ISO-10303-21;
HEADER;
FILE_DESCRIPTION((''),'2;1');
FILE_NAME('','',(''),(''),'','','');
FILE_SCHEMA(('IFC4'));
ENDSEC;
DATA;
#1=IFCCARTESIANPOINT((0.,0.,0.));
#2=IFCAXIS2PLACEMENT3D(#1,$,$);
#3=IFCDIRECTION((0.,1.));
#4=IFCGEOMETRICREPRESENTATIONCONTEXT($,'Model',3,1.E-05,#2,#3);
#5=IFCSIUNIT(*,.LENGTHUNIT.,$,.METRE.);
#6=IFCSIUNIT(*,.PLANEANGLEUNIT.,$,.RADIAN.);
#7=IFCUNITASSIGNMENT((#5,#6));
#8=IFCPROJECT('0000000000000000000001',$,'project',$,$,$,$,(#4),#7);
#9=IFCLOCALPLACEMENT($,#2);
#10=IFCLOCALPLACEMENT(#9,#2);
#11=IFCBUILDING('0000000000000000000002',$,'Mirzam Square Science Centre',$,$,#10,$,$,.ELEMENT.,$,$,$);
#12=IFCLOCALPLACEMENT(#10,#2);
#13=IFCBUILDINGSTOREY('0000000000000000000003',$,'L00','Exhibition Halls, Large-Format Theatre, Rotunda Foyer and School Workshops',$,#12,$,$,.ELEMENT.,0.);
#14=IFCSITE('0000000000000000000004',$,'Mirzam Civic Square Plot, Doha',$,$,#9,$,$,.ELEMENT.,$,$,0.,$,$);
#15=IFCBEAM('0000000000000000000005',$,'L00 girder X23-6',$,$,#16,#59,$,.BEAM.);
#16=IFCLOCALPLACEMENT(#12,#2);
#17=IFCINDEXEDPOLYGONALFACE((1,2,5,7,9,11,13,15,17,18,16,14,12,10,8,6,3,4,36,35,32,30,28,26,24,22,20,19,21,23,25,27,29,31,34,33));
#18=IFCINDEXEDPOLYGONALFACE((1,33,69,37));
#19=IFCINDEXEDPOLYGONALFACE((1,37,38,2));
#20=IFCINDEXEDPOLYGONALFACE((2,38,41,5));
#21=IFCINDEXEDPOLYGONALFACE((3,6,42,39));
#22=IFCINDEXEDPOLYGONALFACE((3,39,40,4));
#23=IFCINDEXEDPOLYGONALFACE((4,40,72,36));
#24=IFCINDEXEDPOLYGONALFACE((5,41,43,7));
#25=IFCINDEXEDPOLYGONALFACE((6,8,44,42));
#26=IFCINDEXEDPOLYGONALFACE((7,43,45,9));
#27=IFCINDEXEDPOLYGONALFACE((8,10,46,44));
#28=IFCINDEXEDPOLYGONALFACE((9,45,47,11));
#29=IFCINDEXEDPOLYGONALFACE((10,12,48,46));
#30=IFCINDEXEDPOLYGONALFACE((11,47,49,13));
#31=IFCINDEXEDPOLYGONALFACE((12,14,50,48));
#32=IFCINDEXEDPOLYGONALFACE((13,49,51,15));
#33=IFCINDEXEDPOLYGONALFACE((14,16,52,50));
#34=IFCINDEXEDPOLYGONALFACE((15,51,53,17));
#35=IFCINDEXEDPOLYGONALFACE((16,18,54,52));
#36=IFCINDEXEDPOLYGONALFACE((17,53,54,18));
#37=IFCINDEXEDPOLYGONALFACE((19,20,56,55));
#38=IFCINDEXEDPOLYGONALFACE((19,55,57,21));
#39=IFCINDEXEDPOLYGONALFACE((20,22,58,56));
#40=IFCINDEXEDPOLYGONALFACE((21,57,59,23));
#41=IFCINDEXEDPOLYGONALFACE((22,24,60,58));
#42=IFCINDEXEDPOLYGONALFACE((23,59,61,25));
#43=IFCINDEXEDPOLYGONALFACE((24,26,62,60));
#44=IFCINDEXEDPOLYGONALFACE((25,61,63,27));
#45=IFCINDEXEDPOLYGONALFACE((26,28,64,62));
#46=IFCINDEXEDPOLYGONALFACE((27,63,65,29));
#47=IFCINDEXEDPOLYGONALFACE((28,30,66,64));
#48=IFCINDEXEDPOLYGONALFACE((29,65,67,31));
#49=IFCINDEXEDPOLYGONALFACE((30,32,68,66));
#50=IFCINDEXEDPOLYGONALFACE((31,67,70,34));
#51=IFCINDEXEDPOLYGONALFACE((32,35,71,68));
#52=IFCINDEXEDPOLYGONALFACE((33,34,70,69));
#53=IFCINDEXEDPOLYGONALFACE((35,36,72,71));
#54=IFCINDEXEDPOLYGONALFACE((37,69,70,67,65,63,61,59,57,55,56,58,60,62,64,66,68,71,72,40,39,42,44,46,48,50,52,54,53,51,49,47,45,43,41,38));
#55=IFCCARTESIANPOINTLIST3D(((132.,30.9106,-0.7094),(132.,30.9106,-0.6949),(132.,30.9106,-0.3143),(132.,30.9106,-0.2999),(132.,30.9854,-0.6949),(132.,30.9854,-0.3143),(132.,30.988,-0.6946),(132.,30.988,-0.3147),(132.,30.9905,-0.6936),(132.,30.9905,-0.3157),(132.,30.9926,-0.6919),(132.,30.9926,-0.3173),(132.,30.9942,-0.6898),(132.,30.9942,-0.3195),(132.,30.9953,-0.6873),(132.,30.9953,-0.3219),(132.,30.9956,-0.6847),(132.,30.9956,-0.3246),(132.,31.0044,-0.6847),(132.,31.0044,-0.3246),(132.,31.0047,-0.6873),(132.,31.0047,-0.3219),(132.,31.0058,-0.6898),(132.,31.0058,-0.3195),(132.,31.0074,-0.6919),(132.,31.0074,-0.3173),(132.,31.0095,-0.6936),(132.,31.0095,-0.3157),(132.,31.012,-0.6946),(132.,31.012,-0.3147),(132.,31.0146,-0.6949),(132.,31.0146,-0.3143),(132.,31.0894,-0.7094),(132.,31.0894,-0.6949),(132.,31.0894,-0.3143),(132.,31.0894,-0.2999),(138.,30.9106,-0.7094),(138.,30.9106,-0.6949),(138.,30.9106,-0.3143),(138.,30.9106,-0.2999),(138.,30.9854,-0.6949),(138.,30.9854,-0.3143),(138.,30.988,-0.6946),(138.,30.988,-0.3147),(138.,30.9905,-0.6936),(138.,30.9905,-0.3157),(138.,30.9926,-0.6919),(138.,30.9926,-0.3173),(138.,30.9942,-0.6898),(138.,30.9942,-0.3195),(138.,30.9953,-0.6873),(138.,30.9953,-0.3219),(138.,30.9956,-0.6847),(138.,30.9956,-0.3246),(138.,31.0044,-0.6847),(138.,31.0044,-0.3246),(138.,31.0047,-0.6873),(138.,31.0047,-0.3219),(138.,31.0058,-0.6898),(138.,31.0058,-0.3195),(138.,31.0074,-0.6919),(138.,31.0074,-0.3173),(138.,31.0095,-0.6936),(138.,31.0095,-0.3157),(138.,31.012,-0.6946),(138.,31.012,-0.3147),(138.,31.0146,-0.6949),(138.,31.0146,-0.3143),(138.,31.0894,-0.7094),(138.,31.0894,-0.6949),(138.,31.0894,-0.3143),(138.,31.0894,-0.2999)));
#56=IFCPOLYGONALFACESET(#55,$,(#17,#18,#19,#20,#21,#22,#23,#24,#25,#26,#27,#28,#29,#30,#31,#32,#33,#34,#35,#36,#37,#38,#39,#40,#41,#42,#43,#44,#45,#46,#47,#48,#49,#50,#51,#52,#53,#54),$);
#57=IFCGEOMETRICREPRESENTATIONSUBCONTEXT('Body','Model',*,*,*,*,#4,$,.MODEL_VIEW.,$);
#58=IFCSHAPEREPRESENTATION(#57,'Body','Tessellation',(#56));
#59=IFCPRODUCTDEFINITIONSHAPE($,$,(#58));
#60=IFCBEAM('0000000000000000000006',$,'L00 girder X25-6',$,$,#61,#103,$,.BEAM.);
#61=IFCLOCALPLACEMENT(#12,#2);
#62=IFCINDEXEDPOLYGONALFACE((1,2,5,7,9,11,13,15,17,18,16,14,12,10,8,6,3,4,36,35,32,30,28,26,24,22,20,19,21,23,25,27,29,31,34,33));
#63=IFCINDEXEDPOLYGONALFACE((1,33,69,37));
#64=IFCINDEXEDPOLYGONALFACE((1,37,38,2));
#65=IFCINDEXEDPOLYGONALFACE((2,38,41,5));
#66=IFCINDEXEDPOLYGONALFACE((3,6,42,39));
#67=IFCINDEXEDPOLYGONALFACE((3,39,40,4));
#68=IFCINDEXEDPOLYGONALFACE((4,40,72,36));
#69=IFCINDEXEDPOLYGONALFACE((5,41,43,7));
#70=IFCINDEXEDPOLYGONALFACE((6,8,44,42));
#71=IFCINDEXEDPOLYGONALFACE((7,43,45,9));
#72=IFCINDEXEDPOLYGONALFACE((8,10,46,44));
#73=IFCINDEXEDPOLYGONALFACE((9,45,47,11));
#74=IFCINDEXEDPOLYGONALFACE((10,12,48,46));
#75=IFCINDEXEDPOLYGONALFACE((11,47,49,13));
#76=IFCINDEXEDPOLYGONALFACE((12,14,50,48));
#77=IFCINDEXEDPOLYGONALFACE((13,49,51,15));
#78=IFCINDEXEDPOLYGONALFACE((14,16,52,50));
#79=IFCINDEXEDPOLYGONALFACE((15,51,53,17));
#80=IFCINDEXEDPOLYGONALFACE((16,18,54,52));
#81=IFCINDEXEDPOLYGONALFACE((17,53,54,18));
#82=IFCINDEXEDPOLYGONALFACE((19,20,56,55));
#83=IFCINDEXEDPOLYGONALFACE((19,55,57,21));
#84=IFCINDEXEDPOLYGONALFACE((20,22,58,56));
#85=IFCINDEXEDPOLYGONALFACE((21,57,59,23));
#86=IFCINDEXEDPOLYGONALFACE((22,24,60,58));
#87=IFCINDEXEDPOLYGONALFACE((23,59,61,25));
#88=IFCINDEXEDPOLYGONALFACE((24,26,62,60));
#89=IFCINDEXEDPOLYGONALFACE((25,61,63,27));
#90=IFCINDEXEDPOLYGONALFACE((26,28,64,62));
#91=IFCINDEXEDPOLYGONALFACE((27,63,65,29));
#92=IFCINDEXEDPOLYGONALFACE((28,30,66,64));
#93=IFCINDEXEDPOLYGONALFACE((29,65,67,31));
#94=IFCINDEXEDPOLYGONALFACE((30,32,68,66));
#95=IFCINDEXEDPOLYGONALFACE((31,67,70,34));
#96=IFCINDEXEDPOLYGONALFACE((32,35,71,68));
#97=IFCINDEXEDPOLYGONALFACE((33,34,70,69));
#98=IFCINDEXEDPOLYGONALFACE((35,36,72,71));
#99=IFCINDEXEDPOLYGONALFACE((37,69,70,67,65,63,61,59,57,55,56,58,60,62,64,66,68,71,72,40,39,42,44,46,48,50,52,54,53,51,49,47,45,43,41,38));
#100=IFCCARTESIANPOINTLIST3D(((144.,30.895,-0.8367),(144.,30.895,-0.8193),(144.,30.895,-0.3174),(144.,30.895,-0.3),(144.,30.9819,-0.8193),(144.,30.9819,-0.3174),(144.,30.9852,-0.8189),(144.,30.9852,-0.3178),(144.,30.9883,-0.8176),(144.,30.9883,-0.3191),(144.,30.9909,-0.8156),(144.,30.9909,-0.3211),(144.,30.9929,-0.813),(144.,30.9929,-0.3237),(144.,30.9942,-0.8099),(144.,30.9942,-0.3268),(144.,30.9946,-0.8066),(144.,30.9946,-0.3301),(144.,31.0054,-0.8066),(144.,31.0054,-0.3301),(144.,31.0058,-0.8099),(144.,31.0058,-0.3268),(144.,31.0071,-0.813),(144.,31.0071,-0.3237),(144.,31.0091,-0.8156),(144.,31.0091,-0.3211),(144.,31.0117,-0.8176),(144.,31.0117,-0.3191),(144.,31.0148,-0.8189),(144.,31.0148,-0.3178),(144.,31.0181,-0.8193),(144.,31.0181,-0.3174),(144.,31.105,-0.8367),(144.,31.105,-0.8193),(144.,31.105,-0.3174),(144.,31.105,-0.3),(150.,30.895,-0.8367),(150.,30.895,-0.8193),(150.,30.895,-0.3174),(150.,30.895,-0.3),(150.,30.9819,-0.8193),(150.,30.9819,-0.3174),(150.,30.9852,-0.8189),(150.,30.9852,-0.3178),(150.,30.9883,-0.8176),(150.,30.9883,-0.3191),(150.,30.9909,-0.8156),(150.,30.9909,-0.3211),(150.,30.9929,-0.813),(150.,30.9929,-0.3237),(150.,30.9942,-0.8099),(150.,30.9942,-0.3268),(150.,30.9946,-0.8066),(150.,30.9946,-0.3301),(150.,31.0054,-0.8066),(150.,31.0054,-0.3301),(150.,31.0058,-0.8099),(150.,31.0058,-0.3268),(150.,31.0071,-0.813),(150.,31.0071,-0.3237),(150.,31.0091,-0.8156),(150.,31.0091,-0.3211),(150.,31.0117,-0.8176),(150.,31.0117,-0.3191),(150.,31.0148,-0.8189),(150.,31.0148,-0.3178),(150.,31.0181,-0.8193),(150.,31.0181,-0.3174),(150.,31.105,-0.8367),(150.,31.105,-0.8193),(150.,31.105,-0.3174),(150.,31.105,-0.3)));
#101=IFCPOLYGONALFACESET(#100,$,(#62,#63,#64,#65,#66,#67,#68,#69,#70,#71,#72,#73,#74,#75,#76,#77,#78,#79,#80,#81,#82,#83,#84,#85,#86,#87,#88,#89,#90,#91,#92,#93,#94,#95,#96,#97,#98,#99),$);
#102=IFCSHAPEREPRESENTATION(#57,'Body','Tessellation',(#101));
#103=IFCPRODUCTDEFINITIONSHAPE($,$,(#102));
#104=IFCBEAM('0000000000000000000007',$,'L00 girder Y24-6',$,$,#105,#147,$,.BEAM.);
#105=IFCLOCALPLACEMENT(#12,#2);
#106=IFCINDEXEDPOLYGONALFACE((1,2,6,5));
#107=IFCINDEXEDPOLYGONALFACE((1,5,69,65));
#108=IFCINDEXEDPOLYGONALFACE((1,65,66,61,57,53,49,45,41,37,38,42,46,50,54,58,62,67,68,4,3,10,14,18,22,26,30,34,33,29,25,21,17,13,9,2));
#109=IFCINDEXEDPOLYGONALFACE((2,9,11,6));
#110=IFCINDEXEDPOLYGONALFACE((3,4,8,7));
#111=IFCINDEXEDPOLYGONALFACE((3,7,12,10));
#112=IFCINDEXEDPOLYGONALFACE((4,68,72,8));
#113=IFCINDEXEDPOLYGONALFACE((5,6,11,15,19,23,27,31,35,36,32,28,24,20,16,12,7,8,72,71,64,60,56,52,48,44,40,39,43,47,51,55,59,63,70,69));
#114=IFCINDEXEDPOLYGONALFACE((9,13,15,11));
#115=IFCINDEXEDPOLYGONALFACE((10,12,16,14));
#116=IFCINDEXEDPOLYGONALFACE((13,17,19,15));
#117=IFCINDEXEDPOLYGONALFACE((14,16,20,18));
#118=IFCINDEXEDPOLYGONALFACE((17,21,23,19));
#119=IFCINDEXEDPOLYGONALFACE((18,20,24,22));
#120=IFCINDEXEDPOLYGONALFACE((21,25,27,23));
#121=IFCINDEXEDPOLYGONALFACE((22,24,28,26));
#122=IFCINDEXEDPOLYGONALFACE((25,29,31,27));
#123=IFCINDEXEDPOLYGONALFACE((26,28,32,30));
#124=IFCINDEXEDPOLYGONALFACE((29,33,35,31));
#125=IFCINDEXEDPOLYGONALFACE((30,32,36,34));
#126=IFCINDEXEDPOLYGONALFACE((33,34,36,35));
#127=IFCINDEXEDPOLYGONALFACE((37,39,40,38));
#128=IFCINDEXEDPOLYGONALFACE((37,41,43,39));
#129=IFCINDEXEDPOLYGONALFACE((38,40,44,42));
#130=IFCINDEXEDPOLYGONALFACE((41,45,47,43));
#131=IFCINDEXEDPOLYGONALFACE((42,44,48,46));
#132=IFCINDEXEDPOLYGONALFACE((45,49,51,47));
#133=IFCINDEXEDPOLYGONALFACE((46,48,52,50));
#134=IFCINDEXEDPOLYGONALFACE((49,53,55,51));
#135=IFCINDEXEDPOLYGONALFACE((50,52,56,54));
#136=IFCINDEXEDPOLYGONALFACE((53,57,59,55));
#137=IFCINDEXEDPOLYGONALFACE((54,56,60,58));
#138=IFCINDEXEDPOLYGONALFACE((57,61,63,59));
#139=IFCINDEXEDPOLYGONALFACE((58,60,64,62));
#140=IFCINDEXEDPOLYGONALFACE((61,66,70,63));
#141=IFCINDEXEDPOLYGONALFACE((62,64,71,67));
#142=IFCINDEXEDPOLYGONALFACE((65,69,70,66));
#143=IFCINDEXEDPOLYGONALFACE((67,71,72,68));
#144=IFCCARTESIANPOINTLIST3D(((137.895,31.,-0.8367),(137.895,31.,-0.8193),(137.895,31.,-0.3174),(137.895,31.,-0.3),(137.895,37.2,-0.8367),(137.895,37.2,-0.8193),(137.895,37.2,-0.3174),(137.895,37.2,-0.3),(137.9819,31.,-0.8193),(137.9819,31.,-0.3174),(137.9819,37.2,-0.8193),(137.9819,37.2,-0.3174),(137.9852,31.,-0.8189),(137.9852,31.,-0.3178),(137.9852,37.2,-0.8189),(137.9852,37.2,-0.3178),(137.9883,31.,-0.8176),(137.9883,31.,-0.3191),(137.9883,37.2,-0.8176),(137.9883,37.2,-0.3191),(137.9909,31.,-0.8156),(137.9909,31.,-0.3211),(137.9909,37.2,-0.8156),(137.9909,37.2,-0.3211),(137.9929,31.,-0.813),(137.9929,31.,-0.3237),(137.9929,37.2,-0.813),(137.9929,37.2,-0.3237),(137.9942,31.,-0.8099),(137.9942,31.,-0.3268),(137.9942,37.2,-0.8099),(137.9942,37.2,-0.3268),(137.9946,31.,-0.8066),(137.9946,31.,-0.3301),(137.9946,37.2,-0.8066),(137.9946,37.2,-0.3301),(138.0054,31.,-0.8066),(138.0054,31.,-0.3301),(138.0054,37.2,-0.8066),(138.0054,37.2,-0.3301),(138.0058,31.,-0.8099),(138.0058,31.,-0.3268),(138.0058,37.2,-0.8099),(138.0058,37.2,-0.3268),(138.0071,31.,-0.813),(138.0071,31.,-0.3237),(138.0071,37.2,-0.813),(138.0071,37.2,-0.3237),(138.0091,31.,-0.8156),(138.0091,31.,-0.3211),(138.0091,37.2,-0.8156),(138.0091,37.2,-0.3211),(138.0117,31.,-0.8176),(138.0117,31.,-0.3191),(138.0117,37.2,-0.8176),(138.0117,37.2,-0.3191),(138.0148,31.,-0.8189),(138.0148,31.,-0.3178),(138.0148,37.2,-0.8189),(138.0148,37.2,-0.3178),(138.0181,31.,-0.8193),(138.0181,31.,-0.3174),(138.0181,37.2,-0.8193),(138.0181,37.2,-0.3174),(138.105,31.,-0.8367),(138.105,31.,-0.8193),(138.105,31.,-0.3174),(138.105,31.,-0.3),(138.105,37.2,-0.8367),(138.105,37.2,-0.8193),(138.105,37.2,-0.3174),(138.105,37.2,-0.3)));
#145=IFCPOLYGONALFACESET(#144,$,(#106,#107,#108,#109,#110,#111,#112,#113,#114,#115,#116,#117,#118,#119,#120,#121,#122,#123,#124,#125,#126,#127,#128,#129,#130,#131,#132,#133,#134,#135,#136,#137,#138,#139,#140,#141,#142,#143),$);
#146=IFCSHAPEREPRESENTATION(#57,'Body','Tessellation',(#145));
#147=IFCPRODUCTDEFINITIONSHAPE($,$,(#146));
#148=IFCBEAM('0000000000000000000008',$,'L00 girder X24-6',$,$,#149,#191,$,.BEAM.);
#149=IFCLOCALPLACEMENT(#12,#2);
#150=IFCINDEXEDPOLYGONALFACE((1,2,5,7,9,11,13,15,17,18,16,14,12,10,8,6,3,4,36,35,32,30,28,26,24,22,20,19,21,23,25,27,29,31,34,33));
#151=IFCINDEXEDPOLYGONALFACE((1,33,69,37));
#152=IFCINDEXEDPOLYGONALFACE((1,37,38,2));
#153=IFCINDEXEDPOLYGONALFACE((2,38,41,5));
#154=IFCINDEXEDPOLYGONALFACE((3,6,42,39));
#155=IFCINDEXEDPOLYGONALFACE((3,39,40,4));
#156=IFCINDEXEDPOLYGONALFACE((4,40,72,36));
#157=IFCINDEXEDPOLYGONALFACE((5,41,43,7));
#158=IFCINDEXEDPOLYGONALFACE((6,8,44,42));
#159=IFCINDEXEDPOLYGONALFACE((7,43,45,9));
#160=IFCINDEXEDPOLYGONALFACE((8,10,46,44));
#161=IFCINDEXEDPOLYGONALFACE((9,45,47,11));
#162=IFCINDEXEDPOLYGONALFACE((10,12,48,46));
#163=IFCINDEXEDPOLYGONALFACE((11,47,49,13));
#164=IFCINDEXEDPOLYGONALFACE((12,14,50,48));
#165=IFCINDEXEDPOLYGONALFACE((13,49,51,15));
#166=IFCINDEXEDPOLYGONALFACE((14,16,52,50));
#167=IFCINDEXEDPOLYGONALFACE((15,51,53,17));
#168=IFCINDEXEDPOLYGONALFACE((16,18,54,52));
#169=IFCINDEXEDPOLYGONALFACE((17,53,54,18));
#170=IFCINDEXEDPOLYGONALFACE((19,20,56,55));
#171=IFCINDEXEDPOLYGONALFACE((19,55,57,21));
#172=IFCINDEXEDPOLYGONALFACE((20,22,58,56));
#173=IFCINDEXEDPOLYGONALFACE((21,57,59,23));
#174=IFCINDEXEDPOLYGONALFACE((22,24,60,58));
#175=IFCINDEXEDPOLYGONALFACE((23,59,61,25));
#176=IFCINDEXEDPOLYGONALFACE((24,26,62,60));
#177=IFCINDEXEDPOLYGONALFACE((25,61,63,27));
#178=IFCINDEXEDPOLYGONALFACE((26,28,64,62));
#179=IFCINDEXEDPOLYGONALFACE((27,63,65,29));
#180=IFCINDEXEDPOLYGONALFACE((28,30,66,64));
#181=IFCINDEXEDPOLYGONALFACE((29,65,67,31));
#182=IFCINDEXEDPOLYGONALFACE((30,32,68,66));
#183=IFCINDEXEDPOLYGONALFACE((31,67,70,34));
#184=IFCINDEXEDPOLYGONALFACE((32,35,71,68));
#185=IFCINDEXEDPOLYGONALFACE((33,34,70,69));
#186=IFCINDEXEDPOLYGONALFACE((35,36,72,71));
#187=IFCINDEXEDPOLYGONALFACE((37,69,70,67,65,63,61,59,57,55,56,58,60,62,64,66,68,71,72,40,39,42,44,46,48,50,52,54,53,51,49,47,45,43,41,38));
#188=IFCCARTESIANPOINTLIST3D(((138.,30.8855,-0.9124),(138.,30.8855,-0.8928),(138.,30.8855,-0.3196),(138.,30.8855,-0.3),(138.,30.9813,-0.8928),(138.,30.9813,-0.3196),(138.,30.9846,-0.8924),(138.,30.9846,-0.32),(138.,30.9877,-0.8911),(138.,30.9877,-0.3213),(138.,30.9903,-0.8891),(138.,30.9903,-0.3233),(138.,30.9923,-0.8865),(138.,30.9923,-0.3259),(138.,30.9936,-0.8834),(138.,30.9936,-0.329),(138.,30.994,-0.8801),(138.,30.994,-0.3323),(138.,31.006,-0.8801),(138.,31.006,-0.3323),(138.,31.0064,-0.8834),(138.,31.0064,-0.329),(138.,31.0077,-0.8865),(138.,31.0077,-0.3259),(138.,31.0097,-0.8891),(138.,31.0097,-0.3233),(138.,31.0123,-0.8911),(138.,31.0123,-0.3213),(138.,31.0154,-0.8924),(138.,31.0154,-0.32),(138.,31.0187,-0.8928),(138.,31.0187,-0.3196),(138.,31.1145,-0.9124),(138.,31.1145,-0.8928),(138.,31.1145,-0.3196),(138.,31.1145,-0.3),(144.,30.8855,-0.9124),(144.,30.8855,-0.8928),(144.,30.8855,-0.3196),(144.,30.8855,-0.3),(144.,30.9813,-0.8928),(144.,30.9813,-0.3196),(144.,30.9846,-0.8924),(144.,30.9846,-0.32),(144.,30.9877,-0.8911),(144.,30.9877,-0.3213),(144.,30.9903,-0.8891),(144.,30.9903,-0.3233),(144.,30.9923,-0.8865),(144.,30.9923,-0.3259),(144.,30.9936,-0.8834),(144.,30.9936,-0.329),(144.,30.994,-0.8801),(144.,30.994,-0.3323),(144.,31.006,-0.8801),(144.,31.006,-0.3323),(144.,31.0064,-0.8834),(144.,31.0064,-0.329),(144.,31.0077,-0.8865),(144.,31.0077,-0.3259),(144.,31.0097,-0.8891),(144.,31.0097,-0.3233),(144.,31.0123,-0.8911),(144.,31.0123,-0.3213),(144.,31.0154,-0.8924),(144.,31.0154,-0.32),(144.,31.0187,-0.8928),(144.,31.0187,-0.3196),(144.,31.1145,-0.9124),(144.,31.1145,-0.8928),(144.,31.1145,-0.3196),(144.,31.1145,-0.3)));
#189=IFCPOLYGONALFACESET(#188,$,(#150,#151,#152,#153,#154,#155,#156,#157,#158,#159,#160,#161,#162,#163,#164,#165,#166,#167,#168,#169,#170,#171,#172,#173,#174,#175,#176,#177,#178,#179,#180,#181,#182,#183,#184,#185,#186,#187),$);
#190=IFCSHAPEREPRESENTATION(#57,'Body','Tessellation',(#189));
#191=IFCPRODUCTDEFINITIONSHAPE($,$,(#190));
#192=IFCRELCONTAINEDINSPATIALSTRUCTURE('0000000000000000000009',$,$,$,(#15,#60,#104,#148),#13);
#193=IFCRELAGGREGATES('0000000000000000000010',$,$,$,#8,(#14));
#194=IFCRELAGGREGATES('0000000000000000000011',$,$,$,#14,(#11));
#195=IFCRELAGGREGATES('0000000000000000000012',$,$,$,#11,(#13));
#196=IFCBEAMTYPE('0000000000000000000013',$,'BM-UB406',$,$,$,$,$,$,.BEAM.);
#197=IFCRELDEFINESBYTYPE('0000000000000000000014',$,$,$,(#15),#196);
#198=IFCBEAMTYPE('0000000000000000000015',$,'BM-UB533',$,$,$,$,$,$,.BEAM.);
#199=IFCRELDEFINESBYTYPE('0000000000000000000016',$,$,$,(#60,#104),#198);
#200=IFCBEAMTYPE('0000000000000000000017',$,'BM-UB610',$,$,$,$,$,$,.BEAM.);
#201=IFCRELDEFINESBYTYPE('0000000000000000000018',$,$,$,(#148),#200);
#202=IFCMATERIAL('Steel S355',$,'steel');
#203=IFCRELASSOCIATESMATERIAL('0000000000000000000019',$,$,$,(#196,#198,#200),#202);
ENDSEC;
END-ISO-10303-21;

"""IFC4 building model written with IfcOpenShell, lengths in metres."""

from ifc_helpers import new_model, si_unit, direction, frame, origin, origin_2d, place, context, subcontext, project, spatial, i_section, extrude, material, material_profile, profile_set, type_object, element, save


model = new_model("IFC4")

# Units and contexts
model_context = context("Model", 3, precision=1e-05, world=origin(), true_north=direction((0.0, 1.0)))
body_context = subcontext(model_context, "Body", "Model", "MODEL_VIEW")
ifc_project = project(units=[si_unit("LENGTHUNIT", "METRE"), si_unit("PLANEANGLEUNIT", "RADIAN")], contexts=[model_context])

# Site, building, storey
site_placement = place(None, origin())
site = spatial("IfcSite", under=ifc_project, at=site_placement, Name="Mirzam Civic Square Plot, Doha", CompositionType="ELEMENT", RefElevation=0.0)
building_placement = place(site_placement, origin())
building = spatial("IfcBuilding", under=site, at=building_placement, Name="Mirzam Square Science Centre", CompositionType="ELEMENT")
storey_placement = place(building_placement, origin())
storey = spatial("IfcBuildingStorey", under=building, at=storey_placement, Name="L00", Description="Exhibition Halls, Large-Format Theatre, Rotunda Foyer and School Workshops", CompositionType="ELEMENT", Elevation=0.0)

# Shared definitions
ifc_material_1 = material(Name="Steel S355", Category="steel")

# Beams
ifc_material_profile_1 = material_profile(ifc_material_1, i_section(OverallWidth=0.1787, OverallDepth=0.4094, WebThickness=0.0088, FlangeThickness=0.0144, FilletRadius=0.0103, at=origin_2d()), Name="406x178x67UB")
ifc_profile_set_1 = profile_set([ifc_material_profile_1], Name="Steel S355")
beam_type_1 = type_object("IfcBeamType", Name="BM-UB406", PredefinedType="BEAM", material=ifc_profile_set_1)
beam_1_placement = place(storey_placement, frame((132.0, 31.0, -0.5046), z_axis=(1.0, 0.0, 0.0), x_axis=(0.0, 1.0, 0.0)))
element("IfcBeam", 1, at=beam_1_placement, inside=storey, type_object=beam_type_1, Name="L00 girder X23-6", PredefinedType="BEAM", context=body_context, shape_type="SweptSolid", body=[
    extrude(i_section(OverallWidth=0.1787, OverallDepth=0.4094, WebThickness=0.0088, FlangeThickness=0.0144, FilletRadius=0.0103, at=origin_2d()), origin(), (0.0, 0.0, 1.0), 6.0),
])
ifc_material_profile_2 = material_profile(ifc_material_1, i_section(OverallWidth=0.21, OverallDepth=0.5366, WebThickness=0.0107, FlangeThickness=0.0173, FilletRadius=0.0127, at=origin_2d()), Name="533x210x101UB")
ifc_profile_set_2 = profile_set([ifc_material_profile_2], Name="Steel S355")
beam_type_2 = type_object("IfcBeamType", Name="BM-UB533", PredefinedType="BEAM", material=ifc_profile_set_2)
beam_2_placement = place(storey_placement, frame((144.0, 31.0, -0.5684), z_axis=(1.0, 0.0, 0.0), x_axis=(0.0, 1.0, 0.0)))
element("IfcBeam", 2, at=beam_2_placement, inside=storey, type_object=beam_type_2, Name="L00 girder X25-6", PredefinedType="BEAM", context=body_context, shape_type="SweptSolid", body=[
    extrude(i_section(OverallWidth=0.21, OverallDepth=0.5366, WebThickness=0.0107, FlangeThickness=0.0173, FilletRadius=0.0127, at=origin_2d()), origin(), (0.0, 0.0, 1.0), 6.0),
])
beam_3_placement = place(storey_placement, frame((138.0, 31.0, -0.5684), z_axis=(0.0, 1.0, 0.0), x_axis=(-1.0, 0.0, 0.0)))
element("IfcBeam", 3, at=beam_3_placement, inside=storey, type_object=beam_type_2, Name="L00 girder Y24-6", PredefinedType="BEAM", context=body_context, shape_type="SweptSolid", body=[
    extrude(i_section(OverallWidth=0.21, OverallDepth=0.5366, WebThickness=0.0107, FlangeThickness=0.0173, FilletRadius=0.0127, at=origin_2d()), origin(), (0.0, 0.0, 1.0), 6.2),
])
ifc_material_profile_3 = material_profile(ifc_material_1, i_section(OverallWidth=0.229, OverallDepth=0.6123, WebThickness=0.012, FlangeThickness=0.0195, FilletRadius=0.0127, at=origin_2d()), Name="610x229x125UB")
ifc_profile_set_3 = profile_set([ifc_material_profile_3], Name="Steel S355")
beam_type_3 = type_object("IfcBeamType", Name="BM-UB610", PredefinedType="BEAM", material=ifc_profile_set_3)
beam_4_placement = place(storey_placement, frame((138.0, 31.0, -0.6062), z_axis=(1.0, 0.0, 0.0), x_axis=(0.0, 1.0, 0.0)))
element("IfcBeam", 4, at=beam_4_placement, inside=storey, type_object=beam_type_3, Name="L00 girder X24-6", PredefinedType="BEAM", context=body_context, shape_type="SweptSolid", body=[
    extrude(i_section(OverallWidth=0.229, OverallDepth=0.6123, WebThickness=0.012, FlangeThickness=0.0195, FilletRadius=0.0127, at=origin_2d()), origin(), (0.0, 0.0, 1.0), 6.0),
])

save(model, "model.ifc")
